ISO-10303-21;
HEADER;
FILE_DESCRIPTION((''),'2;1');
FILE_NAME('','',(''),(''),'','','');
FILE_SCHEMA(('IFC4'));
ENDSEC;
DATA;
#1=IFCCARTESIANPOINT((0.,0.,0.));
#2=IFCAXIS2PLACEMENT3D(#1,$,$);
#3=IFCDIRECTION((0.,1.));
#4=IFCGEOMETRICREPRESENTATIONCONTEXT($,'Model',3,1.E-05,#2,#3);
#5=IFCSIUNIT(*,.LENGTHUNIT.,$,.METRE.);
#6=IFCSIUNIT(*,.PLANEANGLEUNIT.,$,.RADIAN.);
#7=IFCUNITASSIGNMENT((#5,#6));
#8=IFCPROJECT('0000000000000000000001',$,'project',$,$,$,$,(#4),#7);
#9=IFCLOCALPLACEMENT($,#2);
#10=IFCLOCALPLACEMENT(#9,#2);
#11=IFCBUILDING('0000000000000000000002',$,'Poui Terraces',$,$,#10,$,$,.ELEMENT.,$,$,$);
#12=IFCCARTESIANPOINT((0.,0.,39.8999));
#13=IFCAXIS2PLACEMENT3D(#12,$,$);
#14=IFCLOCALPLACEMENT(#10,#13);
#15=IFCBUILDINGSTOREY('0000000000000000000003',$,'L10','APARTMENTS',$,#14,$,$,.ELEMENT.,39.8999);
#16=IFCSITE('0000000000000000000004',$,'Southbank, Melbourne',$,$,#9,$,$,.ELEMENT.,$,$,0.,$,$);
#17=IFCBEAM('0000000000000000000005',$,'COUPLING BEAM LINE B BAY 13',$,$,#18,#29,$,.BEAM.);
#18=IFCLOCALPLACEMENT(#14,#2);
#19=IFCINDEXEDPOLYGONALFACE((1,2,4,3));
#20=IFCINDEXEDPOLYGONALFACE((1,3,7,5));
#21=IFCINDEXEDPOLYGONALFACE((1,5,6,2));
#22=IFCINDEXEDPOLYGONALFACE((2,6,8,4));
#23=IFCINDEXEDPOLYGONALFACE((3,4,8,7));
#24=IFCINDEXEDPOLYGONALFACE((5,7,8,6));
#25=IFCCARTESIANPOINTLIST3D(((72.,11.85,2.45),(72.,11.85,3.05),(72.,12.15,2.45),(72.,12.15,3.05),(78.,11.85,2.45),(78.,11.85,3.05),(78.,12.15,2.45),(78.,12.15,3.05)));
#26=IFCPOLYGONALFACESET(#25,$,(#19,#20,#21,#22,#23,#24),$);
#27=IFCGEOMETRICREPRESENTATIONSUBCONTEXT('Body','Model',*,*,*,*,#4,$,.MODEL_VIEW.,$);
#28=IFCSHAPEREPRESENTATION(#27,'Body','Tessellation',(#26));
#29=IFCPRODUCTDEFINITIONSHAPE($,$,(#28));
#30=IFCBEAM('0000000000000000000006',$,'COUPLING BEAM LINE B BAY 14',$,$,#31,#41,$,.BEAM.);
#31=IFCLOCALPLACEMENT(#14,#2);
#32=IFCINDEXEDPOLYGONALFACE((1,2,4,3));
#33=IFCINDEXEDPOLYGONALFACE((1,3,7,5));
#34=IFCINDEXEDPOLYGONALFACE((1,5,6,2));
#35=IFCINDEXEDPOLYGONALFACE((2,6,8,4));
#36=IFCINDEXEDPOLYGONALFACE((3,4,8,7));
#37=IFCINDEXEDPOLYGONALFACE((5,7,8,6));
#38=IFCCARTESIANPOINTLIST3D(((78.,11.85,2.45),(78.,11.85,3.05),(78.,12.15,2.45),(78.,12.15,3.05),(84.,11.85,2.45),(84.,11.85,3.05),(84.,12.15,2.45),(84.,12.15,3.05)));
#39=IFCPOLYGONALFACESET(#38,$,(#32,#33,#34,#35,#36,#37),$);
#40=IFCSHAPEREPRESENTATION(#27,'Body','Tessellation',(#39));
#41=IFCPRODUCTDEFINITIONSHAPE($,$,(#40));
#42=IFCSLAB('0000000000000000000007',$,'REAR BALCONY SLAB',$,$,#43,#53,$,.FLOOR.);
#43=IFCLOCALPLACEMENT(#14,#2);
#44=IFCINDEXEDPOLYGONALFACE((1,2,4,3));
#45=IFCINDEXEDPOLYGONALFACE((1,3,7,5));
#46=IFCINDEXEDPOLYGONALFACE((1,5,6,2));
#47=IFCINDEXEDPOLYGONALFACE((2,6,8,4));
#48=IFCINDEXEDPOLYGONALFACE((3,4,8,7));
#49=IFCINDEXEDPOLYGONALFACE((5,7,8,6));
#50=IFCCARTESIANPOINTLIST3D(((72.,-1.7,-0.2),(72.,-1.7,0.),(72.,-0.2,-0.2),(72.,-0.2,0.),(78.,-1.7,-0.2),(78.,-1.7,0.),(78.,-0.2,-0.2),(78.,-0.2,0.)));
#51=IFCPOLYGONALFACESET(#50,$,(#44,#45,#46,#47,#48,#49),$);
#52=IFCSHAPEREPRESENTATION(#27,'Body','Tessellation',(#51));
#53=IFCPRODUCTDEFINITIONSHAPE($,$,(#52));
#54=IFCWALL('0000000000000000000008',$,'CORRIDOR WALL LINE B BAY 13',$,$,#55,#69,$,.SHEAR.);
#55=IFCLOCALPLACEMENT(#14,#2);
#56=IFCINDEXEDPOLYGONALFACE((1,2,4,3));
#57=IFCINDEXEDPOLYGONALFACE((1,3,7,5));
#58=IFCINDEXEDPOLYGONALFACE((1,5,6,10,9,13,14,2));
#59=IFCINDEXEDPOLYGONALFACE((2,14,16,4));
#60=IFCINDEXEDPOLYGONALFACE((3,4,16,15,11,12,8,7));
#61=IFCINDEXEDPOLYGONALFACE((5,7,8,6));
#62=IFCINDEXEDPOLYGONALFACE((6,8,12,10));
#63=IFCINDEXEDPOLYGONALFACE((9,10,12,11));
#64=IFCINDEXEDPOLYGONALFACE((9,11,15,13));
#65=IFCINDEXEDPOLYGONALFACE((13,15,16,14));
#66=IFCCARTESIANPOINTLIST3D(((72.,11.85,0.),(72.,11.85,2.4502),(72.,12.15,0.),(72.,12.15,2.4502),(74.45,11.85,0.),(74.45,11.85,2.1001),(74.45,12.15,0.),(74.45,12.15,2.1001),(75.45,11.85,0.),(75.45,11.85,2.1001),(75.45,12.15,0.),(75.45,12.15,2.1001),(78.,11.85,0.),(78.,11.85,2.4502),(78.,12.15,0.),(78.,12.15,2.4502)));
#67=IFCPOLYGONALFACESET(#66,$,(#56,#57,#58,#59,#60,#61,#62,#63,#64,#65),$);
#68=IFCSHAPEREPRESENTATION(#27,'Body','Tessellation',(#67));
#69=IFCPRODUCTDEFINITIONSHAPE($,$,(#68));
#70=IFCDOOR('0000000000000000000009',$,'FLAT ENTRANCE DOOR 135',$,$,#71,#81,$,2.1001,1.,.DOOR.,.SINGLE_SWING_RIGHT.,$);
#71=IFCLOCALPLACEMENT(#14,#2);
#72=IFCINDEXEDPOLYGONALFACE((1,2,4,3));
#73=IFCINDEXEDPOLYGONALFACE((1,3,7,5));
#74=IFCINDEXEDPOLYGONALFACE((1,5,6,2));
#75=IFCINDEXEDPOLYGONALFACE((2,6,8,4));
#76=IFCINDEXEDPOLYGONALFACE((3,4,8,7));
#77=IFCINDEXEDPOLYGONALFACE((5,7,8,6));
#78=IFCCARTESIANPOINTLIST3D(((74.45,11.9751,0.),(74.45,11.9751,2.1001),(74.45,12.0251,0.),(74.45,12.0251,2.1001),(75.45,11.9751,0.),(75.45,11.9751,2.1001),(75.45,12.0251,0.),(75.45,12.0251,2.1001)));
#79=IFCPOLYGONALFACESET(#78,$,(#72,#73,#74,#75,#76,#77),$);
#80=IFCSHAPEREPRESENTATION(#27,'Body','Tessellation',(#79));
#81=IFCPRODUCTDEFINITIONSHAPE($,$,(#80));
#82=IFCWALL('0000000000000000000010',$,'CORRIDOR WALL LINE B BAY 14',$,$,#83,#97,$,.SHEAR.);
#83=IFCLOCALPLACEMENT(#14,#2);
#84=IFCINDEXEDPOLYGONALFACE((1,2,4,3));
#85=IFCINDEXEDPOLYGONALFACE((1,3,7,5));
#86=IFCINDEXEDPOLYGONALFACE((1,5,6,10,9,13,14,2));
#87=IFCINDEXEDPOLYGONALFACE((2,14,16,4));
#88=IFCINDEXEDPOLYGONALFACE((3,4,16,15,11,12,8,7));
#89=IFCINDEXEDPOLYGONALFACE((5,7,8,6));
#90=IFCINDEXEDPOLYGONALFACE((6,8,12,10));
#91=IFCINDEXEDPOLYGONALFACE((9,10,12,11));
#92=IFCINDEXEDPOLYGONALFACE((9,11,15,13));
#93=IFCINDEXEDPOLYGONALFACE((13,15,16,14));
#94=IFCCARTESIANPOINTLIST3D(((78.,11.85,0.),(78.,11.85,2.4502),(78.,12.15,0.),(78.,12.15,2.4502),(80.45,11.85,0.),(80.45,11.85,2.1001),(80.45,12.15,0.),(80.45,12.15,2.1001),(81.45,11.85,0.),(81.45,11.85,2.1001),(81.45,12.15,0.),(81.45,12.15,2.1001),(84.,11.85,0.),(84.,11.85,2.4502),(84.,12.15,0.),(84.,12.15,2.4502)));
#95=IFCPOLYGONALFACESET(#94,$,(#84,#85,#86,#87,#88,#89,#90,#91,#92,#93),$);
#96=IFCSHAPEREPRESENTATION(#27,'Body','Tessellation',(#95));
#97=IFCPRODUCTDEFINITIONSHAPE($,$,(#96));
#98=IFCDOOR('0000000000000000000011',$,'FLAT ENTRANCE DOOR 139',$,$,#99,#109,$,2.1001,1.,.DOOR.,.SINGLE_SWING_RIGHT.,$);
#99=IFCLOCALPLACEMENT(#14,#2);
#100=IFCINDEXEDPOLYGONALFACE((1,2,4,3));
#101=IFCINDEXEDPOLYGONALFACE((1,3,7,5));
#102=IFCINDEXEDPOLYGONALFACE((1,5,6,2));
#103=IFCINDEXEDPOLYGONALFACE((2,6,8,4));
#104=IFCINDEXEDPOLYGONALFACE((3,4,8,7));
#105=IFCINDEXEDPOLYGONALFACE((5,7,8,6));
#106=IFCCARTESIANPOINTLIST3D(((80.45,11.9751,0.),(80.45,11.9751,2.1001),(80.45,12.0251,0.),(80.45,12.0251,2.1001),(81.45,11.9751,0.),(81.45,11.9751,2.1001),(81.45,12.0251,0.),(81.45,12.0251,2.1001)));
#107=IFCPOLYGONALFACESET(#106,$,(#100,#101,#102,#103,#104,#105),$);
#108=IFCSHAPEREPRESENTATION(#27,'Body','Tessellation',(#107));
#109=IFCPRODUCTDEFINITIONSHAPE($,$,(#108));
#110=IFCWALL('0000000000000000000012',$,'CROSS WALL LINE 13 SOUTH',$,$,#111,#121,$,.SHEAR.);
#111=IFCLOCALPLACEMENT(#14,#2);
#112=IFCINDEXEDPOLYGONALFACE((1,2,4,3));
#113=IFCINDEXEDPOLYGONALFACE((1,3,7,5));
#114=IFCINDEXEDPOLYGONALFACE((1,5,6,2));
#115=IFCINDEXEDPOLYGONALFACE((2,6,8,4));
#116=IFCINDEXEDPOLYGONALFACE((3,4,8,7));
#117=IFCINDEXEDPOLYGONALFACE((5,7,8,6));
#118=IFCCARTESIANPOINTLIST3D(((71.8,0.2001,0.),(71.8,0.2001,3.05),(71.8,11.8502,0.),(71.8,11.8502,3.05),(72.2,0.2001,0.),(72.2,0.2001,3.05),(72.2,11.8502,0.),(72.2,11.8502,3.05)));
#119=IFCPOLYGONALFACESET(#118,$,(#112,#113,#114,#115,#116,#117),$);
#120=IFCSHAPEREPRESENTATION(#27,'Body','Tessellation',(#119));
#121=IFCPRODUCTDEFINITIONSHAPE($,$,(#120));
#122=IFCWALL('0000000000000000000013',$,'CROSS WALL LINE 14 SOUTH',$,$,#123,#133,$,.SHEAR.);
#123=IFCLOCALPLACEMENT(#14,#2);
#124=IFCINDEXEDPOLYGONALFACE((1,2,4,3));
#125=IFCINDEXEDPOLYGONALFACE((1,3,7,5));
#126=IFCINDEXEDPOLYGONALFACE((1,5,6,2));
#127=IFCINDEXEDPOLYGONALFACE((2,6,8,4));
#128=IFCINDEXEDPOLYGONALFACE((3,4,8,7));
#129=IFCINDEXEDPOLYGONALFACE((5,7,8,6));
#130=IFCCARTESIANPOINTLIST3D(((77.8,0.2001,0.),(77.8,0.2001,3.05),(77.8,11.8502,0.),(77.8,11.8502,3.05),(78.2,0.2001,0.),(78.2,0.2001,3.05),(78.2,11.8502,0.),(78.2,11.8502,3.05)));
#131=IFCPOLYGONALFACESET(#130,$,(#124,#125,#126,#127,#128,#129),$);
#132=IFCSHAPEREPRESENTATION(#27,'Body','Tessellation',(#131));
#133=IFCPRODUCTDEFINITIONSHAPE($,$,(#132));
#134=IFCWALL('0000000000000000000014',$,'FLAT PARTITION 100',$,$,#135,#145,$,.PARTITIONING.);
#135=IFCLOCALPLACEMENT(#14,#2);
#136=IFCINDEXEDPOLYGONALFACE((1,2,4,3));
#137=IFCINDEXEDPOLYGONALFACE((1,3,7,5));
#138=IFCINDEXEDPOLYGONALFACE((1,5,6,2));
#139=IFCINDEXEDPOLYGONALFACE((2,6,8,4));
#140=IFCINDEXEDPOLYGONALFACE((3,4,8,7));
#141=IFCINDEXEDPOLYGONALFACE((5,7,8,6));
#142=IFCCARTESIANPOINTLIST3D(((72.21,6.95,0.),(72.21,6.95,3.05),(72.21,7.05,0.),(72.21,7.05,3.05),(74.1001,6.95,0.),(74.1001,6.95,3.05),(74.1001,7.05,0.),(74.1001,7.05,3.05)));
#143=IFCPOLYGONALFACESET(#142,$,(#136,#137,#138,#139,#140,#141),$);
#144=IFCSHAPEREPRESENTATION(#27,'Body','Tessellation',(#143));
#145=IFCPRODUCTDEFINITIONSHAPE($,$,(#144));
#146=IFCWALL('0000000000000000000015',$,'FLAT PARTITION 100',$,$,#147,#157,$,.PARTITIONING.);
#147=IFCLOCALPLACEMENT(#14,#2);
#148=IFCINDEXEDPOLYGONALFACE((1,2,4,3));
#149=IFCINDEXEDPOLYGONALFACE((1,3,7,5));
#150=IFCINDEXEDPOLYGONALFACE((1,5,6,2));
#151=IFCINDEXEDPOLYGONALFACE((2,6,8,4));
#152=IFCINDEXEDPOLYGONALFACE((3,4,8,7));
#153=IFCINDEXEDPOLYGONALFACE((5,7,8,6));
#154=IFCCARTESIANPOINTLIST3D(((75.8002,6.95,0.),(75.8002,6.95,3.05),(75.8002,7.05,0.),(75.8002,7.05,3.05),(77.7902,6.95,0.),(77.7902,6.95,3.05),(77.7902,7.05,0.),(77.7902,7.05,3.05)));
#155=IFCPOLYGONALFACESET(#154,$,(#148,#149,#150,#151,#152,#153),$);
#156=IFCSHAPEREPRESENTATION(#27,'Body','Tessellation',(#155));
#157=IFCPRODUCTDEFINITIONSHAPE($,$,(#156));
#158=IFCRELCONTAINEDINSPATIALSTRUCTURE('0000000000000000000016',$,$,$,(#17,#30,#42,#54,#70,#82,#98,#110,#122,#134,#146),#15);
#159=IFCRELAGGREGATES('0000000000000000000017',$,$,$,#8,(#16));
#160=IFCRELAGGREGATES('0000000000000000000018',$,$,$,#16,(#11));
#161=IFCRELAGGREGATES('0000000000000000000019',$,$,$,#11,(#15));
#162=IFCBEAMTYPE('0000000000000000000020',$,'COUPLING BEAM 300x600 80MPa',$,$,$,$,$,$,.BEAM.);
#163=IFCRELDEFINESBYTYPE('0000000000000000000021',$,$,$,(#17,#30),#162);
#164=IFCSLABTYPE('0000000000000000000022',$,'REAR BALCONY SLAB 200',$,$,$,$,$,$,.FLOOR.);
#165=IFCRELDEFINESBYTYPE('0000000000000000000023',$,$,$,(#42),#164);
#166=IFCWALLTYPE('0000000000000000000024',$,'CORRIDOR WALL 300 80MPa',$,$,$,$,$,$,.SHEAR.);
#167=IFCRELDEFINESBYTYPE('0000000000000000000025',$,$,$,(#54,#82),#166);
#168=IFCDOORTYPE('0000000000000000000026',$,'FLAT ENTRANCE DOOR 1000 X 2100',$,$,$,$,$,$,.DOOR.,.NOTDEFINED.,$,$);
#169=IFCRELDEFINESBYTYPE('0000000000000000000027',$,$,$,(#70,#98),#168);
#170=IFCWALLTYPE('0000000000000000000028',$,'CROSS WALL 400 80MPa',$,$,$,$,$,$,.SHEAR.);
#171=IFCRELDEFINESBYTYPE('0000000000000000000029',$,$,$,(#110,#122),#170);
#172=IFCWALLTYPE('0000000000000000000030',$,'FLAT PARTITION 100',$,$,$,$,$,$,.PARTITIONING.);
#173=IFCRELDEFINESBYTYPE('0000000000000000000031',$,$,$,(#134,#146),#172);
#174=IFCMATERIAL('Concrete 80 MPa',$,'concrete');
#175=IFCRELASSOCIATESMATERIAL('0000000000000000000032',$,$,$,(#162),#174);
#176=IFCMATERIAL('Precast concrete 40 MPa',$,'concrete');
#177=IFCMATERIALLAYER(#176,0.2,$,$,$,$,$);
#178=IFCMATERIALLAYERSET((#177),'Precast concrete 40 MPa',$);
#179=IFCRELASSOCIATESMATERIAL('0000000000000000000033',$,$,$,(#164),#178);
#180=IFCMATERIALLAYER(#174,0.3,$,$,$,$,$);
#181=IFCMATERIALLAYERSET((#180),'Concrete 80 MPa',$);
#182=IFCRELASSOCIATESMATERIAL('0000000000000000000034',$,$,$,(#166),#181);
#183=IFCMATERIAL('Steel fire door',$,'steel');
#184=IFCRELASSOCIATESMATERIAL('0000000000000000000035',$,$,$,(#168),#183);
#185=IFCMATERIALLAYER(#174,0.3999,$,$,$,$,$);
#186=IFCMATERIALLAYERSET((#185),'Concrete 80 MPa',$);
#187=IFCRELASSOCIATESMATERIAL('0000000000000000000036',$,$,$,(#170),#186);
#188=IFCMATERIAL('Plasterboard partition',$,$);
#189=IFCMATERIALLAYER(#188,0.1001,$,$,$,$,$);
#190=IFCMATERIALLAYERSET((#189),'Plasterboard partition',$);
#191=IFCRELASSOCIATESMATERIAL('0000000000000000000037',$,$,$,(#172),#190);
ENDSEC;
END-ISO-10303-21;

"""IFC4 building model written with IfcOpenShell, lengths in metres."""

from ifc_helpers import new_model, si_unit, direction, frame, frame_2d, origin, origin_2d, place, context, subcontext, project, spatial, polyline, rectangle, outline, extrude, source, transform, mapped, material, layer, layer_set, material_profile, profile_set, type_object, element, fill, save


model = new_model("IFC4")

# Units and contexts
model_context = context("Model", 3, precision=1e-05, world=origin(), true_north=direction((0.0, 1.0)))
body_context = subcontext(model_context, "Body", "Model", "MODEL_VIEW")
ifc_project = project(units=[si_unit("LENGTHUNIT", "METRE"), si_unit("PLANEANGLEUNIT", "RADIAN")], contexts=[model_context])

# Site, building, storey
site_placement = place(None, origin())
site = spatial("IfcSite", under=ifc_project, at=site_placement, Name="Southbank, Melbourne", CompositionType="ELEMENT", RefElevation=0.0)
building_placement = place(site_placement, origin())
building = spatial("IfcBuilding", under=site, at=building_placement, Name="Poui Terraces", CompositionType="ELEMENT")
storey_placement = place(building_placement, frame((0.0, 0.0, 39.8999)))
storey = spatial("IfcBuildingStorey", under=building, at=storey_placement, Name="L10", Description="APARTMENTS", CompositionType="ELEMENT", Elevation=39.8999)

# Beams
ifc_material_1 = material(Name="Concrete 80 MPa", Category="concrete")
ifc_material_profile_1 = material_profile(ifc_material_1, rectangle(XDim=0.3, YDim=0.6001, at=origin_2d()), Name="RC 300x600")
ifc_profile_set_1 = profile_set([ifc_material_profile_1], Name="Concrete 80 MPa")
beam_type = type_object("IfcBeamType", Name="COUPLING BEAM 300x600 80MPa", PredefinedType="BEAM", material=ifc_profile_set_1)
shared_shape_1 = source(origin(), body_context, "Body", "SweptSolid", [
    extrude(rectangle(XDim=0.3, YDim=0.6001, at=origin_2d()), origin(), (0.0, 0.0, 1.0), 6.0),
])
for number, where, z_axis, x_axis, name in (
    (1, (72.0, 12.0, 2.75), (1.0, 0.0, 0.0), (0.0, 1.0, 0.0), "COUPLING BEAM LINE B BAY 13"),
    (2, (78.0, 12.0, 2.75), (1.0, 0.0, 0.0), (0.0, 1.0, 0.0), "COUPLING BEAM LINE B BAY 14"),
):
    element("IfcBeam", number, at=place(storey_placement, frame(where, z_axis=z_axis, x_axis=x_axis)), inside=storey, type_object=beam_type, Name=name, PredefinedType="BEAM", context=body_context, shape_type="MappedRepresentation", body=[
        mapped(shared_shape_1, transform((0.0, 0.0, 0.0))),
    ])

# Slab
ifc_material_2 = material(Name="Precast concrete 40 MPa", Category="concrete")
ifc_layer_1 = layer(ifc_material_2, 0.2)
ifc_layer_set_1 = layer_set([ifc_layer_1], Name="Precast concrete 40 MPa")
slab_type = type_object("IfcSlabType", Name="REAR BALCONY SLAB 200", PredefinedType="FLOOR", material=ifc_layer_set_1)
shared_shape_2 = source(origin(), body_context, "Body", "SweptSolid", [
    extrude(outline(polyline([(0.0, 0.0), (6.0, 0.0), (6.0, 1.5), (0.0, 1.5), (0.0, 0.0)])), origin(), (0.0, 0.0, 1.0), 0.2),
])
slab_placement = place(storey_placement, frame((72.0, -1.7, -0.2)))
element("IfcSlab", 3, at=slab_placement, inside=storey, type_object=slab_type, Name="REAR BALCONY SLAB", PredefinedType="FLOOR", context=body_context, shape_type="MappedRepresentation", body=[
    mapped(shared_shape_2, transform((0.0, 0.0, 0.0))),
])

# Walls, openings, doors
ifc_layer_2 = layer(ifc_material_1, 0.3)
ifc_layer_set_2 = layer_set([ifc_layer_2], Name="Concrete 80 MPa")
wall_type_1 = type_object("IfcWallType", Name="CORRIDOR WALL 300 80MPa", PredefinedType="SHEAR", material=ifc_layer_set_2)
wall_1_placement = place(storey_placement, frame((72.0, 12.0, 0.0), z_axis=(0.0, 0.0, 1.0), x_axis=(1.0, 0.0, 0.0)))
wall_1 = element("IfcWall", 4, at=wall_1_placement, inside=storey, type_object=wall_type_1, Name="CORRIDOR WALL LINE B BAY 13", PredefinedType="SHEAR", context=body_context, shape_type="SweptSolid", body=[
    extrude(rectangle(XDim=6.0, YDim=0.3, at=frame_2d((3.0, 0.0))), origin(), (0.0, 0.0, 1.0), 2.4502),
])
opening_1_placement = place(wall_1_placement, frame((2.45, 0.0, 0.0)))
opening_1 = element("IfcOpeningElement", 5, at=opening_1_placement, cuts=wall_1, PredefinedType="OPENING", context=body_context, shape_type="SweptSolid", body=[
    extrude(rectangle(XDim=1.0, YDim=2.1001, at=frame_2d((0.5, 1.05))), frame((0.0, 0.1602, 0.0), z_axis=(0.0, -1.0, 0.0), x_axis=(1.0, 0.0, 0.0)), (0.0, 0.0, 1.0), 0.3201),
])
ifc_material_3 = material(Name="Steel fire door", Category="steel")
door_type_1 = type_object("IfcDoorType", Name="FLAT ENTRANCE DOOR 1000 X 2100", OperationType="NOTDEFINED", PredefinedType="DOOR", material=ifc_material_3)
door_1_placement = place(opening_1_placement, frame((1.0, 0.0, 0.0), z_axis=(0.0, 0.0, 1.0), x_axis=(-1.0, 0.0, 0.0)))
door_1 = element("IfcDoor", 6, at=door_1_placement, inside=storey, type_object=door_type_1, Name="FLAT ENTRANCE DOOR 135", OperationType="SINGLE_SWING_RIGHT", OverallHeight=2.1001, OverallWidth=1.0, PredefinedType="DOOR", context=body_context, shape_type="SweptSolid", body=[
    extrude(rectangle(XDim=1.0, YDim=2.1001, at=frame_2d((0.5, 1.05))), frame((0.0, 0.0249, 0.0), z_axis=(0.0, -1.0, 0.0), x_axis=(1.0, 0.0, 0.0)), (0.0, 0.0, 1.0), 0.05),
])
fill(opening_1, door_1)
wall_2_placement = place(storey_placement, frame((78.0, 12.0, 0.0), z_axis=(0.0, 0.0, 1.0), x_axis=(1.0, 0.0, 0.0)))
wall_2 = element("IfcWall", 7, at=wall_2_placement, inside=storey, type_object=wall_type_1, Name="CORRIDOR WALL LINE B BAY 14", PredefinedType="SHEAR", context=body_context, shape_type="SweptSolid", body=[
    extrude(rectangle(XDim=6.0, YDim=0.3, at=frame_2d((3.0, 0.0))), origin(), (0.0, 0.0, 1.0), 2.4502),
])
opening_2_placement = place(wall_2_placement, frame((2.45, 0.0, 0.0)))
opening_2 = element("IfcOpeningElement", 8, at=opening_2_placement, cuts=wall_2, PredefinedType="OPENING", context=body_context, shape_type="SweptSolid", body=[
    extrude(rectangle(XDim=1.0, YDim=2.1001, at=frame_2d((0.5, 1.05))), frame((0.0, 0.1602, 0.0), z_axis=(0.0, -1.0, 0.0), x_axis=(1.0, 0.0, 0.0)), (0.0, 0.0, 1.0), 0.3201),
])
door_2_placement = place(opening_2_placement, frame((1.0, 0.0, 0.0), z_axis=(0.0, 0.0, 1.0), x_axis=(-1.0, 0.0, 0.0)))
door_2 = element("IfcDoor", 9, at=door_2_placement, inside=storey, type_object=door_type_1, Name="FLAT ENTRANCE DOOR 139", OperationType="SINGLE_SWING_RIGHT", OverallHeight=2.1001, OverallWidth=1.0, PredefinedType="DOOR", context=body_context, shape_type="SweptSolid", body=[
    extrude(rectangle(XDim=1.0, YDim=2.1001, at=frame_2d((0.5, 1.05))), frame((0.0, 0.0249, 0.0), z_axis=(0.0, -1.0, 0.0), x_axis=(1.0, 0.0, 0.0)), (0.0, 0.0, 1.0), 0.05),
])
fill(opening_2, door_2)

# Walls
ifc_layer_3 = layer(ifc_material_1, 0.3999)
ifc_layer_set_3 = layer_set([ifc_layer_3], Name="Concrete 80 MPa")
wall_type_2 = type_object("IfcWallType", Name="CROSS WALL 400 80MPa", PredefinedType="SHEAR", material=ifc_layer_set_3)
for number, where, z_axis, x_axis, name in (
    (10, (72.0, 0.2, 0.0), (0.0, 0.0, 1.0), (0.0, 1.0, 0.0), "CROSS WALL LINE 13 SOUTH"),
    (11, (78.0, 0.2, 0.0), (0.0, 0.0, 1.0), (0.0, 1.0, 0.0), "CROSS WALL LINE 14 SOUTH"),
):
    element("IfcWall", number, at=place(storey_placement, frame(where, z_axis=z_axis, x_axis=x_axis)), inside=storey, type_object=wall_type_2, Name=name, PredefinedType="SHEAR", context=body_context, shape_type="SweptSolid", body=[
        extrude(rectangle(XDim=11.6501, YDim=0.3999, at=frame_2d((5.8252, 0.0))), origin(), (0.0, 0.0, 1.0), 3.05),
    ])
ifc_material_4 = material(Name="Plasterboard partition")
ifc_layer_4 = layer(ifc_material_4, 0.1001)
ifc_layer_set_4 = layer_set([ifc_layer_4], Name="Plasterboard partition")
wall_type_3 = type_object("IfcWallType", Name="FLAT PARTITION 100", PredefinedType="PARTITIONING", material=ifc_layer_set_4)
wall_3_placement = place(storey_placement, frame((72.21, 7.0, 0.0), z_axis=(0.0, 0.0, 1.0), x_axis=(1.0, 0.0, 0.0)))
element("IfcWall", 12, at=wall_3_placement, inside=storey, type_object=wall_type_3, Name="FLAT PARTITION 100", PredefinedType="PARTITIONING", context=body_context, shape_type="SweptSolid", body=[
    extrude(rectangle(XDim=1.8901, YDim=0.1001, at=frame_2d((0.9451, 0.0))), origin(), (0.0, 0.0, 1.0), 3.05),
])
wall_4_placement = place(storey_placement, frame((75.8, 7.0, 0.0), z_axis=(0.0, 0.0, 1.0), x_axis=(1.0, 0.0, 0.0)))
element("IfcWall", 13, at=wall_4_placement, inside=storey, type_object=wall_type_3, Name="FLAT PARTITION 100", PredefinedType="PARTITIONING", context=body_context, shape_type="SweptSolid", body=[
    extrude(rectangle(XDim=1.99, YDim=0.1001, at=frame_2d((0.9951, 0.0))), origin(), (0.0, 0.0, 1.0), 3.05),
])

save(model, "model.ifc")
